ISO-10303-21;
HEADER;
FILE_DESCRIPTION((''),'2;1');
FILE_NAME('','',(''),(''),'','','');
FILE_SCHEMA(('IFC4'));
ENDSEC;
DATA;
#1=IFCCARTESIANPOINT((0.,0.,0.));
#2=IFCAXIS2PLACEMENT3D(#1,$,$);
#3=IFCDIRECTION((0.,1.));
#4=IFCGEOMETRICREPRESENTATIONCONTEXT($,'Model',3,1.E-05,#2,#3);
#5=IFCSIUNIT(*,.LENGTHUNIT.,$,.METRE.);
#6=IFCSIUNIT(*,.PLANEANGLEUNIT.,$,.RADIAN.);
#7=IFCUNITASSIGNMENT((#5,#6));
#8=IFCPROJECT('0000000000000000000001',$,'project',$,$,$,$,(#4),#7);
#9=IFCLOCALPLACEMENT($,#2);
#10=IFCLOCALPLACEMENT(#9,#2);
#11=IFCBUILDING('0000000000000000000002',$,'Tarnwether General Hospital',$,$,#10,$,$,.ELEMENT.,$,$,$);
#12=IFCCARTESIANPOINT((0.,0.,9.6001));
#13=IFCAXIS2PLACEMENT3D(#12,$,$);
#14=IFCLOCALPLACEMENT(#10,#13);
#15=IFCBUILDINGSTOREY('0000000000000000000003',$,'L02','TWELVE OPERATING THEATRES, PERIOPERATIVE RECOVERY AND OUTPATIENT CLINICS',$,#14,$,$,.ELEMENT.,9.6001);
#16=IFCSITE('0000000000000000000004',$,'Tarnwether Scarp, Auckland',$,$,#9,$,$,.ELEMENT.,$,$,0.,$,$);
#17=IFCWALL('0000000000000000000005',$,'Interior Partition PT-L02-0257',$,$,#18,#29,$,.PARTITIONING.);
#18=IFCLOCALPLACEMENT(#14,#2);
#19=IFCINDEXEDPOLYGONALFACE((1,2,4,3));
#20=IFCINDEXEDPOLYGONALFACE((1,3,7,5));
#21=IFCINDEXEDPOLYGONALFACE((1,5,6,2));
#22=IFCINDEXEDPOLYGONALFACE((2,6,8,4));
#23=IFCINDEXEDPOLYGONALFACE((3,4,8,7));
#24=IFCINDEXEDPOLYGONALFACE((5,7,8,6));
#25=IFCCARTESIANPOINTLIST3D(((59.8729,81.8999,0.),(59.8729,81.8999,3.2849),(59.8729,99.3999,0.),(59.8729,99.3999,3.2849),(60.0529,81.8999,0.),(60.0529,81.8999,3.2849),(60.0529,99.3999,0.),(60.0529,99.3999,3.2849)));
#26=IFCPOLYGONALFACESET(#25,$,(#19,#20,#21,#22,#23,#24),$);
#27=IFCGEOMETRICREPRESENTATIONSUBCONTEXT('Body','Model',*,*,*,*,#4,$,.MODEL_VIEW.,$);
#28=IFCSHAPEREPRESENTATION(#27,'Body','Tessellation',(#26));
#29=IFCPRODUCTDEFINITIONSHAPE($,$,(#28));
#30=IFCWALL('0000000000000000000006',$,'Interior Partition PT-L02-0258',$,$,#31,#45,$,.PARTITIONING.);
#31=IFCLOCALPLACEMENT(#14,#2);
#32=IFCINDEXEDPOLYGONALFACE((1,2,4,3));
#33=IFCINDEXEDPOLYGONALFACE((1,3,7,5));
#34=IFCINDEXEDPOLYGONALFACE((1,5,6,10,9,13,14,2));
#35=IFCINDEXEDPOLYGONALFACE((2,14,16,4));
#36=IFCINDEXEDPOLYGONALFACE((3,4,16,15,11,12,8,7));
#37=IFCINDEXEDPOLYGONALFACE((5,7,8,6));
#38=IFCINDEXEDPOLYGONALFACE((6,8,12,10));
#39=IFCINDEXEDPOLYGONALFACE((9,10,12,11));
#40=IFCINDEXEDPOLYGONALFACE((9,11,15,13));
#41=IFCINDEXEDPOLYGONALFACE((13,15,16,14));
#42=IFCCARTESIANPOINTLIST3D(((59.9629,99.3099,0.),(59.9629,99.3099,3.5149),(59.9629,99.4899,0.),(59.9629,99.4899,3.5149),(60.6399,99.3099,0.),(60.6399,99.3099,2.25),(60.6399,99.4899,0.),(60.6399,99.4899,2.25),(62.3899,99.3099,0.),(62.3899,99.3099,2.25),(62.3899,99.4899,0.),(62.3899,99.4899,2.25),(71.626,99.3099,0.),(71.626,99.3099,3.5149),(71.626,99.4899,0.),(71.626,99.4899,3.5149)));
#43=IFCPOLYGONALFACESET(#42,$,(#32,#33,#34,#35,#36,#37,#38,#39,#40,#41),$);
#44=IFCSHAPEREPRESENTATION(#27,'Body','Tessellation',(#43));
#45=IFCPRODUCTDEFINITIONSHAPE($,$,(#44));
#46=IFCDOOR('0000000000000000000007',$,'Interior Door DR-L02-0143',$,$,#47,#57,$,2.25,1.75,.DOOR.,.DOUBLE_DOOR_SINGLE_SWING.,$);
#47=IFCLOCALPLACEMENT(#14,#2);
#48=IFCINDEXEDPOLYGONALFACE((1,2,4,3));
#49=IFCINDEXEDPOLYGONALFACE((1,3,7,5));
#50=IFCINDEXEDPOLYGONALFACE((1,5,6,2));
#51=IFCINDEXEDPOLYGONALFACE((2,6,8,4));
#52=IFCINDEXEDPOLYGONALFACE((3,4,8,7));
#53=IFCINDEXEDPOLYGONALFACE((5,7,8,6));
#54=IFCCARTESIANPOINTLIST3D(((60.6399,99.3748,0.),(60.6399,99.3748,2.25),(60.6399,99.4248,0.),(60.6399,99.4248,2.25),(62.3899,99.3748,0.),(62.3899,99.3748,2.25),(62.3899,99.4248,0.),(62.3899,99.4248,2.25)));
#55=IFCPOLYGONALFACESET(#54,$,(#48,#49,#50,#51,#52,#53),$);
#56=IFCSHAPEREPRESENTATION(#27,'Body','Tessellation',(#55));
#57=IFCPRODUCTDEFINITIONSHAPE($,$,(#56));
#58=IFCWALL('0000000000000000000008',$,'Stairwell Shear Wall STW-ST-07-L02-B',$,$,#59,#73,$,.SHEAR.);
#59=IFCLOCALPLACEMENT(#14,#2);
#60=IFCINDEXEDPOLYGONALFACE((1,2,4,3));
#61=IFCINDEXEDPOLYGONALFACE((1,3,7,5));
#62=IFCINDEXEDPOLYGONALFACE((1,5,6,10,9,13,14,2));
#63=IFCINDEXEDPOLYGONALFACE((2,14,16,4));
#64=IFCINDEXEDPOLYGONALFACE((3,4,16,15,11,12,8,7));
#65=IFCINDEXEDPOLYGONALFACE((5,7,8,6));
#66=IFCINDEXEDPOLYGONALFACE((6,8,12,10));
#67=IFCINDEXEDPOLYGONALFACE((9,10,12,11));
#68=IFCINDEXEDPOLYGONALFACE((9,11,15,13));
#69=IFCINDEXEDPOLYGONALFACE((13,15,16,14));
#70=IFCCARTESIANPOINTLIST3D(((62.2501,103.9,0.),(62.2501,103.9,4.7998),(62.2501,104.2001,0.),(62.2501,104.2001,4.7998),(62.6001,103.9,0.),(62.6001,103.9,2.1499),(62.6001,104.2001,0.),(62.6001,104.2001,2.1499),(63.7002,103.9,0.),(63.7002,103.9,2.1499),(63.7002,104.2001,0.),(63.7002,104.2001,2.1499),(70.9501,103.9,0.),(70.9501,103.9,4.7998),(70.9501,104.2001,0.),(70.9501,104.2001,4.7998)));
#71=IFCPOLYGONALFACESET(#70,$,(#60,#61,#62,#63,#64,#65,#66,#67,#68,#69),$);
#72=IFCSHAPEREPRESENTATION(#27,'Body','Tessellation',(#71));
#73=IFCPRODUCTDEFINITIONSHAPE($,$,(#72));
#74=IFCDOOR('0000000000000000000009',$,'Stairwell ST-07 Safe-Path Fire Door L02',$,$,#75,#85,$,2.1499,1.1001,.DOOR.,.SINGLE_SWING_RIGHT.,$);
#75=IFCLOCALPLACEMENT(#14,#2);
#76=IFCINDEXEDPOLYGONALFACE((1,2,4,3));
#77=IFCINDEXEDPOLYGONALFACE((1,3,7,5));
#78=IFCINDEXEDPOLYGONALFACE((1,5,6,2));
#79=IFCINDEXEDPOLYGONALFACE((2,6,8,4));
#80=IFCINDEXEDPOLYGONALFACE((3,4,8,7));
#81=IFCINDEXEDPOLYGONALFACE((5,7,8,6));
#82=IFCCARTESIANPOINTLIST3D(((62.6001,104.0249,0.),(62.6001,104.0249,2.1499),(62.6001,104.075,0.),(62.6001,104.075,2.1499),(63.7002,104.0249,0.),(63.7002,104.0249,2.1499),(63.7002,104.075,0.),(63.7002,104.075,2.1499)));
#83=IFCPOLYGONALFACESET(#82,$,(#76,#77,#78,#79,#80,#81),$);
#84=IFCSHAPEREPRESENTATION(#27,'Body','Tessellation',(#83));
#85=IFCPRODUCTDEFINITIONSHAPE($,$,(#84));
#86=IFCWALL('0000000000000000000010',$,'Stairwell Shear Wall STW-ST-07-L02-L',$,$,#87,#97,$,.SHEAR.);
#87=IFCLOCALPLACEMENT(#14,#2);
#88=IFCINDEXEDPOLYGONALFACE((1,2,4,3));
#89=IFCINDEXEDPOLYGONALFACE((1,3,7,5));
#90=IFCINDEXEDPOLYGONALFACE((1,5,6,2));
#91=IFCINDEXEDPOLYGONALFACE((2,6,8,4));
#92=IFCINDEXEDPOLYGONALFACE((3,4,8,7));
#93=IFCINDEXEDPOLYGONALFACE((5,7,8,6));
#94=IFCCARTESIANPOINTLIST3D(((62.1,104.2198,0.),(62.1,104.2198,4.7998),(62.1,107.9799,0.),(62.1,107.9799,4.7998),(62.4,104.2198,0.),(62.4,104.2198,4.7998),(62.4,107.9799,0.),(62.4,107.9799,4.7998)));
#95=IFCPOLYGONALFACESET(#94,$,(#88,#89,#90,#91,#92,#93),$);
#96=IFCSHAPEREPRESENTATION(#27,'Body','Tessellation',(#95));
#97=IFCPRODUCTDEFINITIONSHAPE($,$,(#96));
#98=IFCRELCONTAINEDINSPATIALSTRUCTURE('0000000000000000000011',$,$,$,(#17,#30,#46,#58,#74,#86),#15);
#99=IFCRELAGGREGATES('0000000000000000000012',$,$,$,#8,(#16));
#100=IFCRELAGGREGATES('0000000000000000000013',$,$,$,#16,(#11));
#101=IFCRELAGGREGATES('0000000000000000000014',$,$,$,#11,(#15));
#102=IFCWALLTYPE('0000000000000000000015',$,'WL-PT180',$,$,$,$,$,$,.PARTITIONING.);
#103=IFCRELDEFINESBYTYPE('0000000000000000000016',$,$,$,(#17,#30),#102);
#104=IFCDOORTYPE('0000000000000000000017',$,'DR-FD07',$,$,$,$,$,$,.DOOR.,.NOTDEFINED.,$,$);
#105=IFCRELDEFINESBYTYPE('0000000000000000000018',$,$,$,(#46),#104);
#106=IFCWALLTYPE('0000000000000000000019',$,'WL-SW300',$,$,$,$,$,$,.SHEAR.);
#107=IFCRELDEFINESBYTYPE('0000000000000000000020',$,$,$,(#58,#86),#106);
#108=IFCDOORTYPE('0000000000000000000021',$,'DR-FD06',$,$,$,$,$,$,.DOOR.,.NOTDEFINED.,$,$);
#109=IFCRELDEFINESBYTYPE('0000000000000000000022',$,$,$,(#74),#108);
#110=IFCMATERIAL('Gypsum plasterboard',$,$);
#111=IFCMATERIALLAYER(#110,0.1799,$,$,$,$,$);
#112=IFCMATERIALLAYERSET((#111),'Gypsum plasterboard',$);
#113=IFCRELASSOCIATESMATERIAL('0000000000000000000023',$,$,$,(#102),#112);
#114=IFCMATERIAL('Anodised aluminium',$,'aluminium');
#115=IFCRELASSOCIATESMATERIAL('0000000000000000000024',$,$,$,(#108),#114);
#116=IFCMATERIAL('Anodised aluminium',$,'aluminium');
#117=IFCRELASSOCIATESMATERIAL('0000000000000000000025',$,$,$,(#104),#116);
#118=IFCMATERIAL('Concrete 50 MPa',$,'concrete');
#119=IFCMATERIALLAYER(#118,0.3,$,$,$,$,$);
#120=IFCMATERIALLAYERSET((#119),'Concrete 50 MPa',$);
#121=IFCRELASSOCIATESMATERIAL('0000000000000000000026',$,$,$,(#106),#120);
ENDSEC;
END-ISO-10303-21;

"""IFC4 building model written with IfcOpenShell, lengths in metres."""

from ifc_helpers import new_model, si_unit, direction, frame, frame_2d, origin, place, context, subcontext, project, spatial, rectangle, extrude, material, layer, layer_set, type_object, element, fill, save


model = new_model("IFC4")

# Units and contexts
model_context = context("Model", 3, precision=1e-05, world=origin(), true_north=direction((0.0, 1.0)))
body_context = subcontext(model_context, "Body", "Model", "MODEL_VIEW")
ifc_project = project(units=[si_unit("LENGTHUNIT", "METRE"), si_unit("PLANEANGLEUNIT", "RADIAN")], contexts=[model_context])

# Site, building, storey
site_placement = place(None, origin())
site = spatial("IfcSite", under=ifc_project, at=site_placement, Name="Tarnwether Scarp, Auckland", CompositionType="ELEMENT", RefElevation=0.0)
building_placement = place(site_placement, origin())
building = spatial("IfcBuilding", under=site, at=building_placement, Name="Tarnwether General Hospital", CompositionType="ELEMENT")
storey_placement = place(building_placement, frame((0.0, 0.0, 9.6001)))
storey = spatial("IfcBuildingStorey", under=building, at=storey_placement, Name="L02", Description="TWELVE OPERATING THEATRES, PERIOPERATIVE RECOVERY AND OUTPATIENT CLINICS", CompositionType="ELEMENT", Elevation=9.6001)

# Shared definitions
ifc_material_1 = material(Name="Gypsum plasterboard")
ifc_layer_1 = layer(ifc_material_1, 0.1799)
ifc_layer_set_1 = layer_set([ifc_layer_1], Name="Gypsum plasterboard")
wall_type_1 = type_object("IfcWallType", Name="WL-PT180", PredefinedType="PARTITIONING", material=ifc_layer_set_1)
ifc_material_2 = material(Name="Anodised aluminium", Category="aluminium")
door_type_1 = type_object("IfcDoorType", Name="DR-FD06", OperationType="NOTDEFINED", PredefinedType="DOOR", material=ifc_material_2)

# Wall
wall_1_placement = place(storey_placement, frame((59.9629, 81.8999, 0.0), z_axis=(0.0, 0.0, 1.0), x_axis=(0.0, 1.0, 0.0)))
element("IfcWall", 1, at=wall_1_placement, inside=storey, type_object=wall_type_1, Name="Interior Partition PT-L02-0257", PredefinedType="PARTITIONING", context=body_context, shape_type="SweptSolid", body=[
    extrude(rectangle(XDim=17.5, YDim=0.1799, at=frame_2d((8.75, 0.0))), origin(), (0.0, 0.0, 1.0), 3.2849),
])

# Walls, openings, doors
wall_2_placement = place(storey_placement, frame((59.9629, 99.3999, 0.0), z_axis=(0.0, 0.0, 1.0), x_axis=(1.0, 0.0, 0.0)))
wall_2 = element("IfcWall", 2, at=wall_2_placement, inside=storey, type_object=wall_type_1, Name="Interior Partition PT-L02-0258", PredefinedType="PARTITIONING", context=body_context, shape_type="SweptSolid", body=[
    extrude(rectangle(XDim=11.6631, YDim=0.1799, at=frame_2d((5.8315, 0.0))), origin(), (0.0, 0.0, 1.0), 3.5149),
])
opening_1_placement = place(wall_2_placement, frame((0.677, 0.0, 0.0)))
opening_1 = element("IfcOpeningElement", 3, at=opening_1_placement, cuts=wall_2, PredefinedType="OPENING", context=body_context, shape_type="SweptSolid", body=[
    extrude(rectangle(XDim=1.75, YDim=2.25, at=frame_2d((0.875, 1.125))), frame((0.0, 0.1001, 0.0), z_axis=(0.0, -1.0, 0.0), x_axis=(1.0, 0.0, 0.0)), (0.0, 0.0, 1.0), 0.2),
])
ifc_material_3 = material(Name="Anodised aluminium", Category="aluminium")
door_type_2 = type_object("IfcDoorType", Name="DR-FD07", OperationType="NOTDEFINED", PredefinedType="DOOR", material=ifc_material_3)
door_1_placement = place(opening_1_placement, origin())
door_1 = element("IfcDoor", 4, at=door_1_placement, inside=storey, type_object=door_type_2, Name="Interior Door DR-L02-0143", OperationType="DOUBLE_DOOR_SINGLE_SWING", OverallHeight=2.25, OverallWidth=1.75, PredefinedType="DOOR", context=body_context, shape_type="SweptSolid", body=[
    extrude(rectangle(XDim=1.75, YDim=2.25, at=frame_2d((0.875, 1.125))), frame((0.0, 0.0249, 0.0), z_axis=(0.0, -1.0, 0.0), x_axis=(1.0, 0.0, 0.0)), (0.0, 0.0, 1.0), 0.05),
])
fill(opening_1, door_1)
ifc_material_4 = material(Name="Concrete 50 MPa", Category="concrete")
ifc_layer_2 = layer(ifc_material_4, 0.3)
ifc_layer_set_2 = layer_set([ifc_layer_2], Name="Concrete 50 MPa")
wall_type_2 = type_object("IfcWallType", Name="WL-SW300", PredefinedType="SHEAR", material=ifc_layer_set_2)
wall_3_placement = place(storey_placement, frame((62.25, 104.05, 0.0), z_axis=(0.0, 0.0, 1.0), x_axis=(1.0, 0.0, 0.0)))
wall_3 = element("IfcWall", 5, at=wall_3_placement, inside=storey, type_object=wall_type_2, Name="Stairwell Shear Wall STW-ST-07-L02-B", PredefinedType="SHEAR", context=body_context, shape_type="SweptSolid", body=[
    extrude(rectangle(XDim=8.7, YDim=0.3, at=frame_2d((4.3501, 0.0))), origin(), (0.0, 0.0, 1.0), 4.7998),
])
opening_2_placement = place(wall_3_placement, frame((0.3501, 0.0, 0.0)))
opening_2 = element("IfcOpeningElement", 6, at=opening_2_placement, cuts=wall_3, PredefinedType="OPENING", context=body_context, shape_type="SweptSolid", body=[
    extrude(rectangle(XDim=1.1001, YDim=2.1499, at=frame_2d((0.55, 1.075))), frame((0.0, 0.1602, 0.0), z_axis=(0.0, -1.0, 0.0), x_axis=(1.0, 0.0, 0.0)), (0.0, 0.0, 1.0), 0.3201),
])
door_2_placement = place(opening_2_placement, origin())
door_2 = element("IfcDoor", 7, at=door_2_placement, inside=storey, type_object=door_type_1, Name="Stairwell ST-07 Safe-Path Fire Door L02", OperationType="SINGLE_SWING_RIGHT", OverallHeight=2.1499, OverallWidth=1.1001, PredefinedType="DOOR", context=body_context, shape_type="SweptSolid", body=[
    extrude(rectangle(XDim=1.1001, YDim=2.1499, at=frame_2d((0.55, 1.075))), frame((0.0, 0.0249, 0.0), z_axis=(0.0, -1.0, 0.0), x_axis=(1.0, 0.0, 0.0)), (0.0, 0.0, 1.0), 0.05),
])
fill(opening_2, door_2)

# Wall
wall_4_placement = place(storey_placement, frame((62.25, 104.22, 0.0), z_axis=(0.0, 0.0, 1.0), x_axis=(0.0, 1.0, 0.0)))
element("IfcWall", 8, at=wall_4_placement, inside=storey, type_object=wall_type_2, Name="Stairwell Shear Wall STW-ST-07-L02-L", PredefinedType="SHEAR", context=body_context, shape_type="SweptSolid", body=[
    extrude(rectangle(XDim=3.76, YDim=0.3, at=frame_2d((1.8799, 0.0))), origin(), (0.0, 0.0, 1.0), 4.7998),
])

save(model, "model.ifc")
